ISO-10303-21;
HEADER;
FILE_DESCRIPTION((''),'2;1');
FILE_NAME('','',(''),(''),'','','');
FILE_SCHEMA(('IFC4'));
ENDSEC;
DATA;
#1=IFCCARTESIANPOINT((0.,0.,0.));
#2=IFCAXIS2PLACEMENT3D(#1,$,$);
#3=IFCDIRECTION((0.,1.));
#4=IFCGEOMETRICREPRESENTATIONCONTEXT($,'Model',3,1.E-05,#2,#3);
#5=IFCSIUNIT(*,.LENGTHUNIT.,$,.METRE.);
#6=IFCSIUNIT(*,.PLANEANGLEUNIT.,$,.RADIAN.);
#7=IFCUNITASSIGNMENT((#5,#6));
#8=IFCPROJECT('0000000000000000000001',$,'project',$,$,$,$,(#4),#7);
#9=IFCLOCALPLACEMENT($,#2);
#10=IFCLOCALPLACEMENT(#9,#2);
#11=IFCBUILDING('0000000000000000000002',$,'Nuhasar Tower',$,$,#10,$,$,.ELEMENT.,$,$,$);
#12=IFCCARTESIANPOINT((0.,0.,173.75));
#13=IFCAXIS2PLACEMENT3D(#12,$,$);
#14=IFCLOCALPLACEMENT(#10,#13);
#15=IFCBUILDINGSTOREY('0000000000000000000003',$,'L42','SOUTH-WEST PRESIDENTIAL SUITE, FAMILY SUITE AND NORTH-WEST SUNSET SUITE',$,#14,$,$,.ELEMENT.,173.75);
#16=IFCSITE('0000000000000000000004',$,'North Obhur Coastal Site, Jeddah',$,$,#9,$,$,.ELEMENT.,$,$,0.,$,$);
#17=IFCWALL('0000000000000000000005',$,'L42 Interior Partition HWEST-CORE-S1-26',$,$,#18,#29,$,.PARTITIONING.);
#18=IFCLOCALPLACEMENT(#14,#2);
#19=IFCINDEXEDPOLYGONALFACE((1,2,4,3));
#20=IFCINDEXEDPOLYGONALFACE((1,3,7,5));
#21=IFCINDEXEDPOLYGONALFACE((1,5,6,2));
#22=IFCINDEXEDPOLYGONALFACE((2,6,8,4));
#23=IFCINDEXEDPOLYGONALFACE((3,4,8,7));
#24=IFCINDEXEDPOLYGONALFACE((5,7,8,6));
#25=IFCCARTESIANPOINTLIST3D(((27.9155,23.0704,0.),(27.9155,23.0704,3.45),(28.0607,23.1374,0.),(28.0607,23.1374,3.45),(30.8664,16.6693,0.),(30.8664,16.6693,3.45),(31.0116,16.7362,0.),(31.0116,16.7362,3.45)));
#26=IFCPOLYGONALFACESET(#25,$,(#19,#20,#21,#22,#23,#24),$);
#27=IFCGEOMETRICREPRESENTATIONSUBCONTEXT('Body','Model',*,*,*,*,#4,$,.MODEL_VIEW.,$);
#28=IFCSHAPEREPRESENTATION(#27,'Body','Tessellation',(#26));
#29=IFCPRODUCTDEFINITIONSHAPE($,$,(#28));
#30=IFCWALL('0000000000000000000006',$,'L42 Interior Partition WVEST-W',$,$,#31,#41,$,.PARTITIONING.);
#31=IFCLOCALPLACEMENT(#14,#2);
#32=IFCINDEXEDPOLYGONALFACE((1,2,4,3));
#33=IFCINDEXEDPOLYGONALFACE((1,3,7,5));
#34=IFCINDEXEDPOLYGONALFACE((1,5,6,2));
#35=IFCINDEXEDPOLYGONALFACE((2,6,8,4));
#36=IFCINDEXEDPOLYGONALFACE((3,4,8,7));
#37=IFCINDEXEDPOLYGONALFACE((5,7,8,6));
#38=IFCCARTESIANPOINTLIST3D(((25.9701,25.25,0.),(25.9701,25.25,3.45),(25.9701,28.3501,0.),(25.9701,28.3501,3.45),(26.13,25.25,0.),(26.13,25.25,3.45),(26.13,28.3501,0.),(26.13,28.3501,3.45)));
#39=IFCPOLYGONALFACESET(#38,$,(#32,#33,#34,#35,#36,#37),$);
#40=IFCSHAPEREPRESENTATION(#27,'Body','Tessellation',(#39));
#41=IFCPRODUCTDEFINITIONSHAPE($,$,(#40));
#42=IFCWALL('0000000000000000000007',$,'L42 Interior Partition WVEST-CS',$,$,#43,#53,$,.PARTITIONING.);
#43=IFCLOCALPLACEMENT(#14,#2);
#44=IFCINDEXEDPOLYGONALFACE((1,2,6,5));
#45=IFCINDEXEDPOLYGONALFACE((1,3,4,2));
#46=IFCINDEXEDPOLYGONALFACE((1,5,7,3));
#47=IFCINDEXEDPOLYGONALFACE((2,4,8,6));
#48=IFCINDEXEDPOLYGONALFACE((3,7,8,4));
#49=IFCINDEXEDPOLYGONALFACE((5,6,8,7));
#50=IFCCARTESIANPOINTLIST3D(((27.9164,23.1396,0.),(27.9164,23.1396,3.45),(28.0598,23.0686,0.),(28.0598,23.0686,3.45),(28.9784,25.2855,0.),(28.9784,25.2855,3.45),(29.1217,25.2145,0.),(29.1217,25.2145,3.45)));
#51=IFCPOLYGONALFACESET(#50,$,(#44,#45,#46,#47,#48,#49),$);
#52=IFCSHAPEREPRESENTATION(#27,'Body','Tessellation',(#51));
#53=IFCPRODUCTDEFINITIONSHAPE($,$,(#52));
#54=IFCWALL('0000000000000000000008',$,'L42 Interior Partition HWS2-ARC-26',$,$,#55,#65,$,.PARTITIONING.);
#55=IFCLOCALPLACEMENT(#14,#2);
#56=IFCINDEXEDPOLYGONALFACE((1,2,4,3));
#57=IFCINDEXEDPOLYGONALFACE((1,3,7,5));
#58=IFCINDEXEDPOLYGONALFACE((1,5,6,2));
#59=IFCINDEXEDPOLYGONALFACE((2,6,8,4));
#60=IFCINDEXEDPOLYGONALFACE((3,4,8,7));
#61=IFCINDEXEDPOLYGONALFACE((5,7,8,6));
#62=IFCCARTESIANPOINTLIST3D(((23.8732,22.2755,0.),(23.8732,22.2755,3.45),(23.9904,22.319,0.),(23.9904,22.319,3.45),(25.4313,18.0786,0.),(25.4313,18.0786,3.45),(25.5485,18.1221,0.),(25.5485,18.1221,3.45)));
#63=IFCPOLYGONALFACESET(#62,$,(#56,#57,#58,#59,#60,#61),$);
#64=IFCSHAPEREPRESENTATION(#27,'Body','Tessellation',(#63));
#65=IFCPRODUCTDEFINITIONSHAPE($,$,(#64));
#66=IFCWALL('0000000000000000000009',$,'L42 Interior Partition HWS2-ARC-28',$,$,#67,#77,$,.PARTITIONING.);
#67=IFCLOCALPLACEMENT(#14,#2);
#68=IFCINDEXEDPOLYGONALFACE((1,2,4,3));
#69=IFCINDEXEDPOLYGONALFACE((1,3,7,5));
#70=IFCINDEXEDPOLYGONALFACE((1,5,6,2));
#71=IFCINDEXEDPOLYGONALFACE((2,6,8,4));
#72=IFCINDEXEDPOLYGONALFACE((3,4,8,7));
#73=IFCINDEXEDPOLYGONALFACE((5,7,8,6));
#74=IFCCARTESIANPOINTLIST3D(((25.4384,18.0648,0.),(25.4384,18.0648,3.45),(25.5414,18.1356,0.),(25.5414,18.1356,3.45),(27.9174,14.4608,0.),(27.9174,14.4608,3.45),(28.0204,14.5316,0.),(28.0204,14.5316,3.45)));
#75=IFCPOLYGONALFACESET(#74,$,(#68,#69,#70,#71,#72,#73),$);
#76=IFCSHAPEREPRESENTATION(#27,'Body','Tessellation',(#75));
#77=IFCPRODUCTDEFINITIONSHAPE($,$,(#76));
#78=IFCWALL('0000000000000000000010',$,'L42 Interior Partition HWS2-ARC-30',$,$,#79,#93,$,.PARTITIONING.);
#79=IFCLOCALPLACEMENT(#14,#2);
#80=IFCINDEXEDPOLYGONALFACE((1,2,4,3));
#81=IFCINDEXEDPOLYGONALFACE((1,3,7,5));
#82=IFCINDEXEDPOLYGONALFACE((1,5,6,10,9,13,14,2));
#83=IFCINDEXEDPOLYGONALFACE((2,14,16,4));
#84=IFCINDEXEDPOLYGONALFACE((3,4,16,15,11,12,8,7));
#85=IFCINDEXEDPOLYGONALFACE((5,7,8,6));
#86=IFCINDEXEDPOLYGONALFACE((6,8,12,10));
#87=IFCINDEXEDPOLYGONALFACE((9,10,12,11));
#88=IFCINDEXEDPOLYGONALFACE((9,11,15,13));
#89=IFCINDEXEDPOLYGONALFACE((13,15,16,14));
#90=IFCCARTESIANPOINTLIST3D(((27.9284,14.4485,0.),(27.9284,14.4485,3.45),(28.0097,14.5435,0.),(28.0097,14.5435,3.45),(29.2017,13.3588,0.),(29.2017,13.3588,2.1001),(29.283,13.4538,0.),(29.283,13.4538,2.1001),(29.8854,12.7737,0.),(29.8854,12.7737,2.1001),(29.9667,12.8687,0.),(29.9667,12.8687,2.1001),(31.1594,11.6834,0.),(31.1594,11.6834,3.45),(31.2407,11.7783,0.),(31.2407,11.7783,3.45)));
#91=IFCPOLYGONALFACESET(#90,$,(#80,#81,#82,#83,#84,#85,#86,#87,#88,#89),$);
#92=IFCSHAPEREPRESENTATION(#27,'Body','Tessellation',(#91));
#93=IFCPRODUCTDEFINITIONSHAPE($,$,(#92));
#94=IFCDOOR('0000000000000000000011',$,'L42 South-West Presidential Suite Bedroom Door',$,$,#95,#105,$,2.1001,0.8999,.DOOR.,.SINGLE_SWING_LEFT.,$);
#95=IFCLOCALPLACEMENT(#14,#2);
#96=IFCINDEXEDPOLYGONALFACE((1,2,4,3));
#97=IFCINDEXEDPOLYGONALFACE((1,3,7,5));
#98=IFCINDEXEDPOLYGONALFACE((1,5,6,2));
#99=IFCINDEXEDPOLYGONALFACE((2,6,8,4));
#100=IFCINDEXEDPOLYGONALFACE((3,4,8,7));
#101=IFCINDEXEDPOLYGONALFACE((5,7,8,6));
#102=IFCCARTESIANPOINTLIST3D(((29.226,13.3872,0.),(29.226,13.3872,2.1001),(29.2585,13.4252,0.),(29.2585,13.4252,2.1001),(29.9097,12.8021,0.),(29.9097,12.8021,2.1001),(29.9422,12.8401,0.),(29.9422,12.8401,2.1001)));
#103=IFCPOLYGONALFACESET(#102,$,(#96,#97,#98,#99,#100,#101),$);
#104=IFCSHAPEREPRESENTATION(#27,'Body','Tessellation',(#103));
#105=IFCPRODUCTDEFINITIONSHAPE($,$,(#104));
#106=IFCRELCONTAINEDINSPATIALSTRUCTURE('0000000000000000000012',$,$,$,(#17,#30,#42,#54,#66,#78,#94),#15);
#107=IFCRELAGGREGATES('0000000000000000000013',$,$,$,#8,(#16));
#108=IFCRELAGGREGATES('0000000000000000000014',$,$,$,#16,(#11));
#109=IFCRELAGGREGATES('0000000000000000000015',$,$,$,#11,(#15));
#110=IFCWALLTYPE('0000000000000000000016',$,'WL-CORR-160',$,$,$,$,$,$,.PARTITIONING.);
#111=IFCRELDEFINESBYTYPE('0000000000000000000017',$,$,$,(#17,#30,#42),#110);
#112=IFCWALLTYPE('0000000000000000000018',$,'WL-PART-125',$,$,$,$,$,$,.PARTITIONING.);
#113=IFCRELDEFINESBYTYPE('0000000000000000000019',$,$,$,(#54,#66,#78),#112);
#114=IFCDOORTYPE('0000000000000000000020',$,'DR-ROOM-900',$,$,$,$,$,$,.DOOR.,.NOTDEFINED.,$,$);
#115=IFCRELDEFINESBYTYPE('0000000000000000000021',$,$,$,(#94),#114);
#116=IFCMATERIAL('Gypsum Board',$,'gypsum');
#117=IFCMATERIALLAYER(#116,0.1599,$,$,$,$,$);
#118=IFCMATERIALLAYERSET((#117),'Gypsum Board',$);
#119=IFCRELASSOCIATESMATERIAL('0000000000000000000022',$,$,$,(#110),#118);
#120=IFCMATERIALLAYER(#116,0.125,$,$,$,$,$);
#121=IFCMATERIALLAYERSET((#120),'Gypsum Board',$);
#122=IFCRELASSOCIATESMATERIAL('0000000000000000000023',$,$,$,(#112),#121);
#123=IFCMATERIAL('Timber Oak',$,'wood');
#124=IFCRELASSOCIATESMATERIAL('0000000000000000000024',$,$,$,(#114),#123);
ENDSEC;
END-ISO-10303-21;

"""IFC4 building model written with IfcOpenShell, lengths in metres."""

from ifc_helpers import new_model, si_unit, direction, frame, frame_2d, origin, place, context, subcontext, project, spatial, rectangle, extrude, material, layer, layer_set, type_object, element, fill, save


model = new_model("IFC4")

# Units and contexts
model_context = context("Model", 3, precision=1e-05, world=origin(), true_north=direction((0.0, 1.0)))
body_context = subcontext(model_context, "Body", "Model", "MODEL_VIEW")
ifc_project = project(units=[si_unit("LENGTHUNIT", "METRE"), si_unit("PLANEANGLEUNIT", "RADIAN")], contexts=[model_context])

# Site, building, storey
site_placement = place(None, origin())
site = spatial("IfcSite", under=ifc_project, at=site_placement, Name="North Obhur Coastal Site, Jeddah", CompositionType="ELEMENT", RefElevation=0.0)
building_placement = place(site_placement, origin())
building = spatial("IfcBuilding", under=site, at=building_placement, Name="Nuhasar Tower", CompositionType="ELEMENT")
storey_placement = place(building_placement, frame((0.0, 0.0, 173.75)))
storey = spatial("IfcBuildingStorey", under=building, at=storey_placement, Name="L42", Description="SOUTH-WEST PRESIDENTIAL SUITE, FAMILY SUITE AND NORTH-WEST SUNSET SUITE", CompositionType="ELEMENT", Elevation=173.75)

# Wall
ifc_material_1 = material(Name="Gypsum Board", Category="gypsum")
ifc_layer_1 = layer(ifc_material_1, 0.1599)
ifc_layer_set_1 = layer_set([ifc_layer_1], Name="Gypsum Board")
wall_type_1 = type_object("IfcWallType", Name="WL-CORR-160", PredefinedType="PARTITIONING", material=ifc_layer_set_1)
wall_1_placement = place(storey_placement, frame((27.988, 23.104, 0.0), z_axis=(0.0, 0.0, 1.0), x_axis=(0.418656, -0.908145, 0.0)))
element("IfcWall", 1, at=wall_1_placement, inside=storey, type_object=wall_type_1, Name="L42 Interior Partition HWEST-CORE-S1-26", PredefinedType="PARTITIONING", context=body_context, shape_type="SweptSolid", body=[
    extrude(rectangle(XDim=7.0486, YDim=0.1599, at=frame_2d((3.5244, 0.0))), origin(), (0.0, 0.0, 1.0), 3.45),
])

# Shared definitions
ifc_material_2 = material(Name="Timber Oak", Category="wood")

# Walls
wall_2_placement = place(storey_placement, frame((26.05, 25.25, 0.0), z_axis=(0.0, 0.0, 1.0), x_axis=(0.0, 1.0, 0.0)))
element("IfcWall", 2, at=wall_2_placement, inside=storey, type_object=wall_type_1, Name="L42 Interior Partition WVEST-W", PredefinedType="PARTITIONING", context=body_context, shape_type="SweptSolid", body=[
    extrude(rectangle(XDim=3.1001, YDim=0.1599, at=frame_2d((1.55, 0.0))), origin(), (0.0, 0.0, 1.0), 3.45),
])
wall_3_placement = place(storey_placement, frame((27.988, 23.104, 0.0), z_axis=(0.0, 0.0, 1.0), x_axis=(0.443539, 0.896255, 0.0)))
element("IfcWall", 3, at=wall_3_placement, inside=storey, type_object=wall_type_1, Name="L42 Interior Partition WVEST-CS", PredefinedType="PARTITIONING", context=body_context, shape_type="SweptSolid", body=[
    extrude(rectangle(XDim=2.3943, YDim=0.1599, at=frame_2d((1.1973, 0.0))), origin(), (0.0, 0.0, 1.0), 3.45),
])
ifc_layer_2 = layer(ifc_material_1, 0.125)
ifc_layer_set_2 = layer_set([ifc_layer_2], Name="Gypsum Board")
wall_type_2 = type_object("IfcWallType", Name="WL-PART-125", PredefinedType="PARTITIONING", material=ifc_layer_set_2)
wall_4_placement = place(storey_placement, frame((23.9319, 22.2971, 0.0), z_axis=(0.0, 0.0, 1.0), x_axis=(0.348032, -0.937483, 0.0)))
element("IfcWall", 4, at=wall_4_placement, inside=storey, type_object=wall_type_2, Name="L42 Interior Partition HWS2-ARC-26", PredefinedType="PARTITIONING", context=body_context, shape_type="SweptSolid", body=[
    extrude(rectangle(XDim=4.4768, YDim=0.125, at=frame_2d((2.2383, 0.0))), origin(), (0.0, 0.0, 1.0), 3.45),
])
wall_5_placement = place(storey_placement, frame((25.49, 18.1001, 0.0), z_axis=(0.0, 0.0, 1.0), x_axis=(0.566723, -0.823908, 0.0)))
element("IfcWall", 5, at=wall_5_placement, inside=storey, type_object=wall_type_2, Name="L42 Interior Partition HWS2-ARC-28", PredefinedType="PARTITIONING", context=body_context, shape_type="SweptSolid", body=[
    extrude(rectangle(XDim=4.3743, YDim=0.125, at=frame_2d((2.187, 0.0))), origin(), (0.0, 0.0, 1.0), 3.45),
])

# Wall, opening, door
wall_6_placement = place(storey_placement, frame((27.969, 14.4961, 0.0), z_axis=(0.0, 0.0, 1.0), x_axis=(0.759751, -0.650214, 0.0)))
wall_6 = element("IfcWall", 6, at=wall_6_placement, inside=storey, type_object=wall_type_2, Name="L42 Interior Partition HWS2-ARC-30", PredefinedType="PARTITIONING", context=body_context, shape_type="SweptSolid", body=[
    extrude(rectangle(XDim=4.2527, YDim=0.125, at=frame_2d((2.1265, 0.0))), origin(), (0.0, 0.0, 1.0), 3.45),
])
opening_1_placement = place(wall_6_placement, frame((1.676, 0.0, 0.0)))
opening_1 = element("IfcOpeningElement", 7, at=opening_1_placement, cuts=wall_6, PredefinedType="OPENING", context=body_context, shape_type="SweptSolid", body=[
    extrude(rectangle(XDim=0.8999, YDim=2.1001, at=frame_2d((0.45, 1.05))), frame((0.0, 0.0725, 0.0), z_axis=(0.0, -1.0, 0.0), x_axis=(1.0, 0.0, 0.0)), (0.0, 0.0, 1.0), 0.145),
])
door_type_1 = type_object("IfcDoorType", Name="DR-ROOM-900", OperationType="NOTDEFINED", PredefinedType="DOOR", material=ifc_material_2)
door_1_placement = place(opening_1_placement, origin())
door_1 = element("IfcDoor", 8, at=door_1_placement, inside=storey, type_object=door_type_1, Name="L42 South-West Presidential Suite Bedroom Door", OperationType="SINGLE_SWING_LEFT", OverallHeight=2.1001, OverallWidth=0.8999, PredefinedType="DOOR", context=body_context, shape_type="SweptSolid", body=[
    extrude(rectangle(XDim=0.8999, YDim=2.1001, at=frame_2d((0.45, 1.05))), frame((0.0, 0.0249, 0.0), z_axis=(0.0, -1.0, 0.0), x_axis=(1.0, 0.0, 0.0)), (0.0, 0.0, 1.0), 0.05),
])
fill(opening_1, door_1)

save(model, "model.ifc")
